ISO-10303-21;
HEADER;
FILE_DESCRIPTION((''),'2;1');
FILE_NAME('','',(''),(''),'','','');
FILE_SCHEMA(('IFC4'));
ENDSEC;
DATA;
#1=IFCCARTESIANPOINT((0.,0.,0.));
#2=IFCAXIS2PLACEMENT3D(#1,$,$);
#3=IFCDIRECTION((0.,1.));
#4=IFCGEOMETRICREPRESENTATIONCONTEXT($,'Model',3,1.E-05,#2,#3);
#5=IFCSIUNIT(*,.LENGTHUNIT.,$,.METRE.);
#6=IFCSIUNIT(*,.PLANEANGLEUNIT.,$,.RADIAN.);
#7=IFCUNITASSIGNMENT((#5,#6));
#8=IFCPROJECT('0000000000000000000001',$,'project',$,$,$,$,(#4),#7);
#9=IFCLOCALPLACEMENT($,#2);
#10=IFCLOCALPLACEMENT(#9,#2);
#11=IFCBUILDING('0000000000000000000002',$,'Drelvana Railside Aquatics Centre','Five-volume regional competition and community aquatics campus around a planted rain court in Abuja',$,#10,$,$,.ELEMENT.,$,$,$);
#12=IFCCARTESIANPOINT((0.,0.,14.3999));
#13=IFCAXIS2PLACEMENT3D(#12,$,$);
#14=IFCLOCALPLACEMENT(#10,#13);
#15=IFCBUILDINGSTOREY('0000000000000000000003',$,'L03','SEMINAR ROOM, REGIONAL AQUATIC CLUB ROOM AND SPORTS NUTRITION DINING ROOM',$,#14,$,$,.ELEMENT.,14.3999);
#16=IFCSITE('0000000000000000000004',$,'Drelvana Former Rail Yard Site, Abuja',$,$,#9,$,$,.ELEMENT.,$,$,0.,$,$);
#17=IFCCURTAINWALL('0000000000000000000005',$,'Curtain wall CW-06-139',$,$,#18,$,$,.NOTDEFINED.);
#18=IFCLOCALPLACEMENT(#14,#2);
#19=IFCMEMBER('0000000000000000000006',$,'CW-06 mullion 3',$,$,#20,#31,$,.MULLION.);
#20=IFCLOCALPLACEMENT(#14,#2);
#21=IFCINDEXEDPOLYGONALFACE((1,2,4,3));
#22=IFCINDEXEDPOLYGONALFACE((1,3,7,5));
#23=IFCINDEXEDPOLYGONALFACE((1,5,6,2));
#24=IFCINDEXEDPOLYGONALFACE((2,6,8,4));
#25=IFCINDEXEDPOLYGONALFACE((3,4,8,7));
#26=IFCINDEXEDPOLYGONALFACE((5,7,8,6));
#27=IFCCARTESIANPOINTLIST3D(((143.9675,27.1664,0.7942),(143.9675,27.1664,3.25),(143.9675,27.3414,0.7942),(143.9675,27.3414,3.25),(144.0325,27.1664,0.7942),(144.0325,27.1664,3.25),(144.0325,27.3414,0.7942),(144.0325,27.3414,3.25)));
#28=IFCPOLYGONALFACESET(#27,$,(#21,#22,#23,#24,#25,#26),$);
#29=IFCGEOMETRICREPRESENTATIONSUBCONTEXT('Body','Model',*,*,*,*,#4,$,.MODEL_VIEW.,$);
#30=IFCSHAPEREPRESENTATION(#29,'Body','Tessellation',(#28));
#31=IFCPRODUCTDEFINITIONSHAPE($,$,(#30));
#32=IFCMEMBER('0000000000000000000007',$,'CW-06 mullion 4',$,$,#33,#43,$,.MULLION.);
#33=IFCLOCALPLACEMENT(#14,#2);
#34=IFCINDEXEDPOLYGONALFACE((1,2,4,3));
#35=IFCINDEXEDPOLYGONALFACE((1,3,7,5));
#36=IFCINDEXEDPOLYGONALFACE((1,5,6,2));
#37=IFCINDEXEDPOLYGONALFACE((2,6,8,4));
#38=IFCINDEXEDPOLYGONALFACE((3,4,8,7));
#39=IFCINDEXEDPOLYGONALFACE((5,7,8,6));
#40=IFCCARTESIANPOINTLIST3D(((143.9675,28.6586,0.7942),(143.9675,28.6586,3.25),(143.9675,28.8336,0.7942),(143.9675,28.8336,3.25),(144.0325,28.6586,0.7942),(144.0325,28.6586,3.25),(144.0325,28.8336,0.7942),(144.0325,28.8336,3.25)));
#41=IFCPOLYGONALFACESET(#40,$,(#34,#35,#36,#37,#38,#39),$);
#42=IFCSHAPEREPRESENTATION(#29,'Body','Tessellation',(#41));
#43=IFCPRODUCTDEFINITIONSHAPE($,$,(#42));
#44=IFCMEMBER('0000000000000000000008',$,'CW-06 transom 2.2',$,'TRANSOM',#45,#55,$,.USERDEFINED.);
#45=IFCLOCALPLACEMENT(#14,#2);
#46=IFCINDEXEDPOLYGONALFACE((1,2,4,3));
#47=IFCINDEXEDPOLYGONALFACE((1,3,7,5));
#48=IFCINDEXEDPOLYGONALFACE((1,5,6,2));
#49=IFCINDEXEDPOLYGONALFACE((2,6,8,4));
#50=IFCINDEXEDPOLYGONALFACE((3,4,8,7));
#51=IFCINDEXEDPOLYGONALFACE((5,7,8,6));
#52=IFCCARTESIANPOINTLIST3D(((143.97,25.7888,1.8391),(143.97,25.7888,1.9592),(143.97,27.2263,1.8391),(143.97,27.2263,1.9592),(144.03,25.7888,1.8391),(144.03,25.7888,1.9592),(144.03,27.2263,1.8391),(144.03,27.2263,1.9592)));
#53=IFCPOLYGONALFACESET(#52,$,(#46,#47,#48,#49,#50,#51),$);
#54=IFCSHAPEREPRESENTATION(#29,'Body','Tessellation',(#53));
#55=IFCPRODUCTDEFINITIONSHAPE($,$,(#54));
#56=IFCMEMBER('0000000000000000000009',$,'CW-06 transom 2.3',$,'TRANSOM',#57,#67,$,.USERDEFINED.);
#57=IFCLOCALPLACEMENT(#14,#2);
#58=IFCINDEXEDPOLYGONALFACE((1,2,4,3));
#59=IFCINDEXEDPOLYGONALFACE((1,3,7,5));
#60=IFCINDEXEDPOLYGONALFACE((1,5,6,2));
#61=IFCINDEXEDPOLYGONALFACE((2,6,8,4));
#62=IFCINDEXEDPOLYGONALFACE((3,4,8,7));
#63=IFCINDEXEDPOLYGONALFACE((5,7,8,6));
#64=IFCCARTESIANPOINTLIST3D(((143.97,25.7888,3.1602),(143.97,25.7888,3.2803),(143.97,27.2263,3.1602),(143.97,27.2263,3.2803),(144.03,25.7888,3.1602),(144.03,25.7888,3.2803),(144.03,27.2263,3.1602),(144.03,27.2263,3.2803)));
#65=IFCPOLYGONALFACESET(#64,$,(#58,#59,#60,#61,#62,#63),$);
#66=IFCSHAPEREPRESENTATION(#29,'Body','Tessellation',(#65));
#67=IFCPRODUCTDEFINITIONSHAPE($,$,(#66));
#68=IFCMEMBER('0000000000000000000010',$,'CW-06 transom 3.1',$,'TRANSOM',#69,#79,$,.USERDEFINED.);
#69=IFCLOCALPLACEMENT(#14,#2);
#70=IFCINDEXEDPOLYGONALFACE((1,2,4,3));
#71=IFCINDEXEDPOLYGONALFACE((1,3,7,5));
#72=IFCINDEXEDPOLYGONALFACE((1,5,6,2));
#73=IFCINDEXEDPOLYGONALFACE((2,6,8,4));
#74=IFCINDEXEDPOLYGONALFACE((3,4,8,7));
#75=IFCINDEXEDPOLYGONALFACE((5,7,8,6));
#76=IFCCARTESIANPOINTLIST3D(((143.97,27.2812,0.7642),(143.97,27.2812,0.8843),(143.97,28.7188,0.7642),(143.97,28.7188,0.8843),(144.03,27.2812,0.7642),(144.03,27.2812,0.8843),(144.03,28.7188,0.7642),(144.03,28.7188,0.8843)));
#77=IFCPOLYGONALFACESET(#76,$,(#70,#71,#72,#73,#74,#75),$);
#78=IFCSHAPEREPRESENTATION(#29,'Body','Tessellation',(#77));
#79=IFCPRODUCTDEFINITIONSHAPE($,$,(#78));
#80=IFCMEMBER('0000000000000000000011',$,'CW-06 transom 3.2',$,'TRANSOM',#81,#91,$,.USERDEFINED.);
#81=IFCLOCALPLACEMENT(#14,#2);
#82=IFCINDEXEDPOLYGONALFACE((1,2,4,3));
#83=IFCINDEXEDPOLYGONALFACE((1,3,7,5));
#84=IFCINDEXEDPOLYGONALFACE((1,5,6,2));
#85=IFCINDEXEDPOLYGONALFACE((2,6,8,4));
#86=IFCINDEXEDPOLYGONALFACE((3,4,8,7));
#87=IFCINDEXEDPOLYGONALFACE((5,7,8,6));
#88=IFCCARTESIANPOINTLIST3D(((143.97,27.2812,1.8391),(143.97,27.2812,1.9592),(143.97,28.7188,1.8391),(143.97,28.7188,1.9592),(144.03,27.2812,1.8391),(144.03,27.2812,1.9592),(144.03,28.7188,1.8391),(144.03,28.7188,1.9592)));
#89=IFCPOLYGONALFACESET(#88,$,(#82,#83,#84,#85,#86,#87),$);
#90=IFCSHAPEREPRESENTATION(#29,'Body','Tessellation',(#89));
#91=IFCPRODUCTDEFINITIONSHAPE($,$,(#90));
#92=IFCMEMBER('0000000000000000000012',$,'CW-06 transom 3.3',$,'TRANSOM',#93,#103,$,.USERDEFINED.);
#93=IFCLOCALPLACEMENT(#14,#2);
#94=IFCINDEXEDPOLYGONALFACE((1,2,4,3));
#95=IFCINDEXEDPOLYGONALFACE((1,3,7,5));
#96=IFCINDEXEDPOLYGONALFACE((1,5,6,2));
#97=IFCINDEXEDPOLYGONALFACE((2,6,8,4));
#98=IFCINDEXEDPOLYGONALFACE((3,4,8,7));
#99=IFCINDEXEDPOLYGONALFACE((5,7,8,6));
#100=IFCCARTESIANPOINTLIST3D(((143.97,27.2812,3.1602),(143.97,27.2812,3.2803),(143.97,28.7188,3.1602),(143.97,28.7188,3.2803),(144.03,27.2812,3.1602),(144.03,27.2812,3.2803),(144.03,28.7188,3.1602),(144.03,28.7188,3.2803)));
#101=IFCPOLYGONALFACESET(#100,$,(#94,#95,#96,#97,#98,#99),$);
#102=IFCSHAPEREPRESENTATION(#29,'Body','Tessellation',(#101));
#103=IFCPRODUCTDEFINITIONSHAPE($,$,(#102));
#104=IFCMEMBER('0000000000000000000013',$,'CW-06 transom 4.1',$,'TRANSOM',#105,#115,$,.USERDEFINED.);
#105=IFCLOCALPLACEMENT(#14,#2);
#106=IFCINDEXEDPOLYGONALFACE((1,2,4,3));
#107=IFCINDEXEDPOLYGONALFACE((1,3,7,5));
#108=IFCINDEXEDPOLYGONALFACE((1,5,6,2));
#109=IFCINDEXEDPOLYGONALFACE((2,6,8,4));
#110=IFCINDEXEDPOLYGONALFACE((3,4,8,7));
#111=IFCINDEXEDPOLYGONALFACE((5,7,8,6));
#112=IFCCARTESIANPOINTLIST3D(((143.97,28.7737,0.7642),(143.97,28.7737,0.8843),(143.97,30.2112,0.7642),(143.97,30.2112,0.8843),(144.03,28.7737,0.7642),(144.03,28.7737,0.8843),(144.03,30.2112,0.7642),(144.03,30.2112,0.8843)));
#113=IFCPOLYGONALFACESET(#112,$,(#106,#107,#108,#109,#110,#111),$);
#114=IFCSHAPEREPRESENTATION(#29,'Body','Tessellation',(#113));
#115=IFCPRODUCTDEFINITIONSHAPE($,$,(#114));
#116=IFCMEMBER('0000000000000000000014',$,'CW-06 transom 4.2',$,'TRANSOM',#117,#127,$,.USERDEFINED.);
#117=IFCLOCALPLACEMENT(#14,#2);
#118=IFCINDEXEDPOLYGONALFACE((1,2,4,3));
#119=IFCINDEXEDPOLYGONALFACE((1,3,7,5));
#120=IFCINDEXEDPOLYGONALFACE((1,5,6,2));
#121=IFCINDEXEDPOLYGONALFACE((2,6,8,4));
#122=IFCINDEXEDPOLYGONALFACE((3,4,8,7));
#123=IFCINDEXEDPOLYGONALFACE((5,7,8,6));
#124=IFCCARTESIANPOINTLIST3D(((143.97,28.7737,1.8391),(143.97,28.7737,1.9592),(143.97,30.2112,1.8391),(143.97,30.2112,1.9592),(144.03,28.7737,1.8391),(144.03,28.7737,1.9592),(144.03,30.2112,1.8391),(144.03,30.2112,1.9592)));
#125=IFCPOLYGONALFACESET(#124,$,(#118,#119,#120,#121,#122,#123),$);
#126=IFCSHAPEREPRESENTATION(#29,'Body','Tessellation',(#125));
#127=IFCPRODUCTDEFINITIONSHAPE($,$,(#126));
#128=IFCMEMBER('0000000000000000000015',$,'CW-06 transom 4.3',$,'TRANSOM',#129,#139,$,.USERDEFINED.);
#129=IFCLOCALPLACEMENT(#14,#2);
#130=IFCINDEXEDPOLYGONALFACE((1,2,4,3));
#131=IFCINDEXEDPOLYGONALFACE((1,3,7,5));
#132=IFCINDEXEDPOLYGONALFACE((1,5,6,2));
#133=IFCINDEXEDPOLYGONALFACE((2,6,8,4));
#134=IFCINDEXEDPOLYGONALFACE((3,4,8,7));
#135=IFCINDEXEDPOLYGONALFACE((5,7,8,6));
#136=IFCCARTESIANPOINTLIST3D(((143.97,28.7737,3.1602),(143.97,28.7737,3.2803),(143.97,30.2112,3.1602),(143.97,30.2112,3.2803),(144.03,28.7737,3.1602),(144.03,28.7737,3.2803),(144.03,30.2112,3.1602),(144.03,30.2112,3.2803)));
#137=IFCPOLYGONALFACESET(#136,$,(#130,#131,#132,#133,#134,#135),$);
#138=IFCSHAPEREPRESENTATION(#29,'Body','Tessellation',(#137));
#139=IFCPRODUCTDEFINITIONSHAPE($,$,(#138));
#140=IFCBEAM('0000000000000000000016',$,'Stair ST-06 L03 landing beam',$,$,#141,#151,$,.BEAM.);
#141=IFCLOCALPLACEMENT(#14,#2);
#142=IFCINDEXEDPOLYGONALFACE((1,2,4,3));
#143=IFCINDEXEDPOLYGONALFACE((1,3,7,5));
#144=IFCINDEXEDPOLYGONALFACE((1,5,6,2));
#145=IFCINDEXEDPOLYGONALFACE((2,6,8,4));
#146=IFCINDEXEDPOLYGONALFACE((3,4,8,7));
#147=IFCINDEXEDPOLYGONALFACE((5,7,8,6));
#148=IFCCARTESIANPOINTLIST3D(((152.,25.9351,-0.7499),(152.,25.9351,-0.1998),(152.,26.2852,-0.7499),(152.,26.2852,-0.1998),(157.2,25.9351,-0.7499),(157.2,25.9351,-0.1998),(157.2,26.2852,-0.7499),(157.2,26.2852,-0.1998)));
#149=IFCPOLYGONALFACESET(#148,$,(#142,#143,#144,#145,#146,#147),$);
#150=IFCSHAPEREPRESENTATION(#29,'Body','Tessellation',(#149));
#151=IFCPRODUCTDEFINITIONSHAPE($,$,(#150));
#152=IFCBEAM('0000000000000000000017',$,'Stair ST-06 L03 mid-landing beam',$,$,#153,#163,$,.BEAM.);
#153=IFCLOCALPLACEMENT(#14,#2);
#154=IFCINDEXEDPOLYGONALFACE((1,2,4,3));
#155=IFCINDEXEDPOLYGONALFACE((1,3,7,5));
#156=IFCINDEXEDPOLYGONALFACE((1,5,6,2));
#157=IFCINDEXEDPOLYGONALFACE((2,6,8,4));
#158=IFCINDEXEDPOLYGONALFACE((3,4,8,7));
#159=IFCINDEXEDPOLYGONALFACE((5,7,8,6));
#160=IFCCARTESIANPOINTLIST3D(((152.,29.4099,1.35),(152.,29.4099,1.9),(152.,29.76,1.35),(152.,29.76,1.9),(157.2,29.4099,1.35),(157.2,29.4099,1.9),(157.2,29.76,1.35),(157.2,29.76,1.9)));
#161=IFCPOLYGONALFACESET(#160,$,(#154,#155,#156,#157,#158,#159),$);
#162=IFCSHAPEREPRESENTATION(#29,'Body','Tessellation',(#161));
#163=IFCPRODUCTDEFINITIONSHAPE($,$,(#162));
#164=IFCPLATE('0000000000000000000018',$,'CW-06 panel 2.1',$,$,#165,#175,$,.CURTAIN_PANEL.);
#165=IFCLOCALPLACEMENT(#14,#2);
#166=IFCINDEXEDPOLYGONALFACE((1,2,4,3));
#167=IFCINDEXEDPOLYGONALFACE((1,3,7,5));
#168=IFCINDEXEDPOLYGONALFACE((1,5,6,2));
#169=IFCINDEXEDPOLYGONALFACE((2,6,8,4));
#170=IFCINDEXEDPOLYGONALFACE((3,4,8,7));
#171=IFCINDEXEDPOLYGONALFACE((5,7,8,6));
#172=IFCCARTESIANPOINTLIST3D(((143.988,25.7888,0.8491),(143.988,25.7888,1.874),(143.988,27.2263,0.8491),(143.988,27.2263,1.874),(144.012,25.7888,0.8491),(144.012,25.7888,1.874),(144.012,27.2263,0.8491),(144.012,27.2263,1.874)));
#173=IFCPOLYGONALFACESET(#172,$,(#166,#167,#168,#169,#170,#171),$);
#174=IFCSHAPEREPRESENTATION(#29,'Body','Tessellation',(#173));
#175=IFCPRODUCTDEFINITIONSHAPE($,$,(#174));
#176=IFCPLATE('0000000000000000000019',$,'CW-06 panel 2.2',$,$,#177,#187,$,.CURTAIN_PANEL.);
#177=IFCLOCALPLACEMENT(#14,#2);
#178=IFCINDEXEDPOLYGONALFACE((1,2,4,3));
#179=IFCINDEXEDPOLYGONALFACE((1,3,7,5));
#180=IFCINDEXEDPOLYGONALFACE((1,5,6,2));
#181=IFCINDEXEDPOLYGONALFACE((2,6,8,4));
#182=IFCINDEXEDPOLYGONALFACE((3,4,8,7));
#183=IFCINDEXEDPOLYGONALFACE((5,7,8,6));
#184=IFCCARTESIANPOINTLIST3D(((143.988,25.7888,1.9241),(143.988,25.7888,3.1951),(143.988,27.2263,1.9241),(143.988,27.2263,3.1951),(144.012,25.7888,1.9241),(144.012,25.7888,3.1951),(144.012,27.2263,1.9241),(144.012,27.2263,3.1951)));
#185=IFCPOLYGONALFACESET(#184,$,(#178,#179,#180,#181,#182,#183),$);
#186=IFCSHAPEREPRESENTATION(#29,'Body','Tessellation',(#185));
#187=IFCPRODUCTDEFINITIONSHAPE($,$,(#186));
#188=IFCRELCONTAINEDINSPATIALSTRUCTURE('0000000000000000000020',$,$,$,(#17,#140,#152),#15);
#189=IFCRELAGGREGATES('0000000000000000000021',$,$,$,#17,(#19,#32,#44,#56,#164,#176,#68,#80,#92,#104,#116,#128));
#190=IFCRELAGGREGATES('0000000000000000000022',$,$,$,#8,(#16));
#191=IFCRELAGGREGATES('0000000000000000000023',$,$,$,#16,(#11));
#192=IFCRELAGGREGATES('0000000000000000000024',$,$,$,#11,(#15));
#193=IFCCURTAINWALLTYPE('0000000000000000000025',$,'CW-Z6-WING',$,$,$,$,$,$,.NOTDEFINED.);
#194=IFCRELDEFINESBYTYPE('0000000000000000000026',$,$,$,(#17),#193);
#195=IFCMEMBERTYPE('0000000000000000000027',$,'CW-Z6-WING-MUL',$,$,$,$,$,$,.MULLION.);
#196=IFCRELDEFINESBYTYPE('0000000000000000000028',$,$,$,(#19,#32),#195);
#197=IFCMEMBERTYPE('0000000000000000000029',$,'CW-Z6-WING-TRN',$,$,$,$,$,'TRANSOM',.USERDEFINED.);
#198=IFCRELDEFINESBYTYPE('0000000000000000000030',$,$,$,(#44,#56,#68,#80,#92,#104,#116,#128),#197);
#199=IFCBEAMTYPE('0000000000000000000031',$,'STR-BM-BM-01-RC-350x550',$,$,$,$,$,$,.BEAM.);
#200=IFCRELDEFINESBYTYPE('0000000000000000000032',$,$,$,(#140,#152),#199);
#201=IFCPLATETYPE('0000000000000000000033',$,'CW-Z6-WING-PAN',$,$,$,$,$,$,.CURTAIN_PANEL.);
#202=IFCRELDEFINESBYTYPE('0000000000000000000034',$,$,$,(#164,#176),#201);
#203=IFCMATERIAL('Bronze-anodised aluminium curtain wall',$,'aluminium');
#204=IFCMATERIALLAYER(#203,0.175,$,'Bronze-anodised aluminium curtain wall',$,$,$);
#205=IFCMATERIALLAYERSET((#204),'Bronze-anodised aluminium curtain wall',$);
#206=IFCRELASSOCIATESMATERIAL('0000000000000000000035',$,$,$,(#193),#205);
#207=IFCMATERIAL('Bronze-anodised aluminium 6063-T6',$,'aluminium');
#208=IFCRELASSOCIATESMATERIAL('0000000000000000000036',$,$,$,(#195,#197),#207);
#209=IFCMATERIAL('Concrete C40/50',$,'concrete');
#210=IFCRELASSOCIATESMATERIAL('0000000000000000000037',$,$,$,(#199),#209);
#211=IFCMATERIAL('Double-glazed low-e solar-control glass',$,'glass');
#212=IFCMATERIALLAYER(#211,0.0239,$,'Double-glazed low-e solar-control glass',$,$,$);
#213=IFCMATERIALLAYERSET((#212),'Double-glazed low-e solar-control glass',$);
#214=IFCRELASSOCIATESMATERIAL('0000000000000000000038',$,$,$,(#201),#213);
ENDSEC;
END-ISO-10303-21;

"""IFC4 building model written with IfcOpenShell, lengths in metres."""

from ifc_helpers import new_model, si_unit, direction, frame, origin, origin_2d, place, context, subcontext, project, spatial, rectangle, extrude, material, layer, layer_set, material_profile, profile_set, type_object, element, aggregate, save


model = new_model("IFC4")

# Units and contexts
model_context = context("Model", 3, precision=1e-05, world=origin(), true_north=direction((0.0, 1.0)))
body_context = subcontext(model_context, "Body", "Model", "MODEL_VIEW")
ifc_project = project(units=[si_unit("LENGTHUNIT", "METRE"), si_unit("PLANEANGLEUNIT", "RADIAN")], contexts=[model_context])

# Site, building, storey
site_placement = place(None, origin())
site = spatial("IfcSite", under=ifc_project, at=site_placement, Name="Drelvana Former Rail Yard Site, Abuja", CompositionType="ELEMENT", RefElevation=0.0)
building_placement = place(site_placement, origin())
building = spatial("IfcBuilding", under=site, at=building_placement, Name="Drelvana Railside Aquatics Centre", Description="Five-volume regional competition and community aquatics campus around a planted rain court in Abuja", CompositionType="ELEMENT")
storey_placement = place(building_placement, frame((0.0, 0.0, 14.3999)))
storey = spatial("IfcBuildingStorey", under=building, at=storey_placement, Name="L03", Description="SEMINAR ROOM, REGIONAL AQUATIC CLUB ROOM AND SPORTS NUTRITION DINING ROOM", CompositionType="ELEMENT", Elevation=14.3999)

# Curtain wall, members
ifc_material_1 = material(Name="Bronze-anodised aluminium curtain wall", Category="aluminium")
ifc_layer_1 = layer(ifc_material_1, 0.175, Name="Bronze-anodised aluminium curtain wall")
ifc_layer_set_1 = layer_set([ifc_layer_1], Name="Bronze-anodised aluminium curtain wall")
curtain_wall_type = type_object("IfcCurtainWallType", Name="CW-Z6-WING", PredefinedType="NOTDEFINED", material=ifc_layer_set_1)
curtain_wall_placement = place(storey_placement, origin())
curtain_wall = element("IfcCurtainWall", 1, at=curtain_wall_placement, inside=storey, type_object=curtain_wall_type, Name="Curtain wall CW-06-139", PredefinedType="NOTDEFINED")
ifc_material_2 = material(Name="Bronze-anodised aluminium 6063-T6", Category="aluminium")
ifc_material_profile_1 = material_profile(ifc_material_2, rectangle(XDim=0.0649, YDim=0.175, at=origin_2d()), Name="ALU-M 65x175")
ifc_profile_set_1 = profile_set([ifc_material_profile_1], Name="Bronze-anodised aluminium 6063-T6")
member_type_1 = type_object("IfcMemberType", Name="CW-Z6-WING-MUL", PredefinedType="MULLION", material=ifc_profile_set_1)
member_1_placement = place(storey_placement, frame((144.0, 27.2539, 0.7942), z_axis=(0.0, 0.0, 1.0), x_axis=(-1.0, 0.0, 0.0)))
member_1 = element("IfcMember", 2, at=member_1_placement, type_object=member_type_1, Name="CW-06 mullion 3", PredefinedType="MULLION", context=body_context, shape_type="SweptSolid", body=[
    extrude(rectangle(XDim=0.0649, YDim=0.175, at=origin_2d()), origin(), (0.0, 0.0, 1.0), 2.4558),
])
member_2_placement = place(storey_placement, frame((144.0, 28.7461, 0.7942), z_axis=(0.0, 0.0, 1.0), x_axis=(-1.0, 0.0, 0.0)))
member_2 = element("IfcMember", 3, at=member_2_placement, type_object=member_type_1, Name="CW-06 mullion 4", PredefinedType="MULLION", context=body_context, shape_type="SweptSolid", body=[
    extrude(rectangle(XDim=0.0649, YDim=0.175, at=origin_2d()), origin(), (0.0, 0.0, 1.0), 2.4558),
])
ifc_material_profile_2 = material_profile(ifc_material_2, rectangle(XDim=0.1201, YDim=0.0601, at=origin_2d()), Name="ALU-T 60x120")
ifc_profile_set_2 = profile_set([ifc_material_profile_2], Name="Bronze-anodised aluminium 6063-T6")
member_type_2 = type_object("IfcMemberType", Name="CW-Z6-WING-TRN", ElementType="TRANSOM", PredefinedType="USERDEFINED", material=ifc_profile_set_2)
member_3_placement = place(storey_placement, frame((144.0, 25.7888, 1.8992), z_axis=(0.0, 1.0, 0.0), x_axis=(0.0, 0.0, 1.0)))
member_3 = element("IfcMember", 4, at=member_3_placement, type_object=member_type_2, Name="CW-06 transom 2.2", ObjectType="TRANSOM", PredefinedType="USERDEFINED", context=body_context, shape_type="SweptSolid", body=[
    extrude(rectangle(XDim=0.1201, YDim=0.0601, at=origin_2d()), origin(), (0.0, 0.0, 1.0), 1.4375),
])
member_4_placement = place(storey_placement, frame((144.0, 25.7888, 3.2202), z_axis=(0.0, 1.0, 0.0), x_axis=(0.0, 0.0, 1.0)))
member_4 = element("IfcMember", 5, at=member_4_placement, type_object=member_type_2, Name="CW-06 transom 2.3", ObjectType="TRANSOM", PredefinedType="USERDEFINED", context=body_context, shape_type="SweptSolid", body=[
    extrude(rectangle(XDim=0.1201, YDim=0.0601, at=origin_2d()), origin(), (0.0, 0.0, 1.0), 1.4375),
])
member_5_placement = place(storey_placement, frame((144.0, 27.2812, 0.8242), z_axis=(0.0, 1.0, 0.0), x_axis=(0.0, 0.0, 1.0)))
member_5 = element("IfcMember", 6, at=member_5_placement, type_object=member_type_2, Name="CW-06 transom 3.1", ObjectType="TRANSOM", PredefinedType="USERDEFINED", context=body_context, shape_type="SweptSolid", body=[
    extrude(rectangle(XDim=0.1201, YDim=0.0601, at=origin_2d()), origin(), (0.0, 0.0, 1.0), 1.4375),
])
member_6_placement = place(storey_placement, frame((144.0, 27.2812, 1.8992), z_axis=(0.0, 1.0, 0.0), x_axis=(0.0, 0.0, 1.0)))
member_6 = element("IfcMember", 7, at=member_6_placement, type_object=member_type_2, Name="CW-06 transom 3.2", ObjectType="TRANSOM", PredefinedType="USERDEFINED", context=body_context, shape_type="SweptSolid", body=[
    extrude(rectangle(XDim=0.1201, YDim=0.0601, at=origin_2d()), origin(), (0.0, 0.0, 1.0), 1.4375),
])
member_7_placement = place(storey_placement, frame((144.0, 27.2812, 3.2202), z_axis=(0.0, 1.0, 0.0), x_axis=(0.0, 0.0, 1.0)))
member_7 = element("IfcMember", 8, at=member_7_placement, type_object=member_type_2, Name="CW-06 transom 3.3", ObjectType="TRANSOM", PredefinedType="USERDEFINED", context=body_context, shape_type="SweptSolid", body=[
    extrude(rectangle(XDim=0.1201, YDim=0.0601, at=origin_2d()), origin(), (0.0, 0.0, 1.0), 1.4375),
])
member_8_placement = place(storey_placement, frame((144.0, 28.7737, 0.8242), z_axis=(0.0, 1.0, 0.0), x_axis=(0.0, 0.0, 1.0)))
member_8 = element("IfcMember", 9, at=member_8_placement, type_object=member_type_2, Name="CW-06 transom 4.1", ObjectType="TRANSOM", PredefinedType="USERDEFINED", context=body_context, shape_type="SweptSolid", body=[
    extrude(rectangle(XDim=0.1201, YDim=0.0601, at=origin_2d()), origin(), (0.0, 0.0, 1.0), 1.4375),
])
member_9_placement = place(storey_placement, frame((144.0, 28.7737, 1.8992), z_axis=(0.0, 1.0, 0.0), x_axis=(0.0, 0.0, 1.0)))
member_9 = element("IfcMember", 10, at=member_9_placement, type_object=member_type_2, Name="CW-06 transom 4.2", ObjectType="TRANSOM", PredefinedType="USERDEFINED", context=body_context, shape_type="SweptSolid", body=[
    extrude(rectangle(XDim=0.1201, YDim=0.0601, at=origin_2d()), origin(), (0.0, 0.0, 1.0), 1.4375),
])
member_10_placement = place(storey_placement, frame((144.0, 28.7737, 3.2202), z_axis=(0.0, 1.0, 0.0), x_axis=(0.0, 0.0, 1.0)))
member_10 = element("IfcMember", 11, at=member_10_placement, type_object=member_type_2, Name="CW-06 transom 4.3", ObjectType="TRANSOM", PredefinedType="USERDEFINED", context=body_context, shape_type="SweptSolid", body=[
    extrude(rectangle(XDim=0.1201, YDim=0.0601, at=origin_2d()), origin(), (0.0, 0.0, 1.0), 1.4375),
])

# Beams
ifc_material_3 = material(Name="Concrete C40/50", Category="concrete")
ifc_material_profile_3 = material_profile(ifc_material_3, rectangle(XDim=0.3501, YDim=0.55, at=origin_2d()), Name="RC 350x550")
ifc_profile_set_3 = profile_set([ifc_material_profile_3], Name="Concrete C40/50")
beam_type = type_object("IfcBeamType", Name="STR-BM-BM-01-RC-350x550", PredefinedType="BEAM", material=ifc_profile_set_3)
for number, where, z_axis, x_axis, name in (
    (12, (152.0, 26.1101, -0.4749), (1.0, 0.0, 0.0), (0.0, 1.0, 0.0), "Stair ST-06 L03 landing beam"),
    (13, (152.0, 29.585, 1.625), (1.0, 0.0, 0.0), (0.0, 1.0, 0.0), "Stair ST-06 L03 mid-landing beam"),
):
    element("IfcBeam", number, at=place(storey_placement, frame(where, z_axis=z_axis, x_axis=x_axis)), inside=storey, type_object=beam_type, Name=name, PredefinedType="BEAM", context=body_context, shape_type="SweptSolid", body=[
        extrude(rectangle(XDim=0.3501, YDim=0.55, at=origin_2d()), origin(), (0.0, 0.0, 1.0), 5.2),
    ])

# Plates
ifc_material_4 = material(Name="Double-glazed low-e solar-control glass", Category="glass")
ifc_layer_2 = layer(ifc_material_4, 0.0239, Name="Double-glazed low-e solar-control glass")
ifc_layer_set_2 = layer_set([ifc_layer_2], Name="Double-glazed low-e solar-control glass")
plate_type = type_object("IfcPlateType", Name="CW-Z6-WING-PAN", PredefinedType="CURTAIN_PANEL", material=ifc_layer_set_2)
plate_1_placement = place(storey_placement, frame((144.0, 26.5076, 0.8491), z_axis=(0.0, 0.0, 1.0), x_axis=(0.0, 1.0, 0.0)))
plate_1 = element("IfcPlate", 14, at=plate_1_placement, type_object=plate_type, Name="CW-06 panel 2.1", PredefinedType="CURTAIN_PANEL", context=body_context, shape_type="SweptSolid", body=[
    extrude(rectangle(XDim=1.4375, YDim=0.0239, at=origin_2d()), origin(), (0.0, 0.0, 1.0), 1.0249),
])
plate_2_placement = place(storey_placement, frame((144.0, 26.5076, 1.9241), z_axis=(0.0, 0.0, 1.0), x_axis=(0.0, 1.0, 0.0)))
plate_2 = element("IfcPlate", 15, at=plate_2_placement, type_object=plate_type, Name="CW-06 panel 2.2", PredefinedType="CURTAIN_PANEL", context=body_context, shape_type="SweptSolid", body=[
    extrude(rectangle(XDim=1.4375, YDim=0.0239, at=origin_2d()), origin(), (0.0, 0.0, 1.0), 1.271),
])
aggregate(curtain_wall, [member_1, member_2, member_3, member_4, plate_1, plate_2, member_5, member_6, member_7, member_8, member_9, member_10])

save(model, "model.ifc")
